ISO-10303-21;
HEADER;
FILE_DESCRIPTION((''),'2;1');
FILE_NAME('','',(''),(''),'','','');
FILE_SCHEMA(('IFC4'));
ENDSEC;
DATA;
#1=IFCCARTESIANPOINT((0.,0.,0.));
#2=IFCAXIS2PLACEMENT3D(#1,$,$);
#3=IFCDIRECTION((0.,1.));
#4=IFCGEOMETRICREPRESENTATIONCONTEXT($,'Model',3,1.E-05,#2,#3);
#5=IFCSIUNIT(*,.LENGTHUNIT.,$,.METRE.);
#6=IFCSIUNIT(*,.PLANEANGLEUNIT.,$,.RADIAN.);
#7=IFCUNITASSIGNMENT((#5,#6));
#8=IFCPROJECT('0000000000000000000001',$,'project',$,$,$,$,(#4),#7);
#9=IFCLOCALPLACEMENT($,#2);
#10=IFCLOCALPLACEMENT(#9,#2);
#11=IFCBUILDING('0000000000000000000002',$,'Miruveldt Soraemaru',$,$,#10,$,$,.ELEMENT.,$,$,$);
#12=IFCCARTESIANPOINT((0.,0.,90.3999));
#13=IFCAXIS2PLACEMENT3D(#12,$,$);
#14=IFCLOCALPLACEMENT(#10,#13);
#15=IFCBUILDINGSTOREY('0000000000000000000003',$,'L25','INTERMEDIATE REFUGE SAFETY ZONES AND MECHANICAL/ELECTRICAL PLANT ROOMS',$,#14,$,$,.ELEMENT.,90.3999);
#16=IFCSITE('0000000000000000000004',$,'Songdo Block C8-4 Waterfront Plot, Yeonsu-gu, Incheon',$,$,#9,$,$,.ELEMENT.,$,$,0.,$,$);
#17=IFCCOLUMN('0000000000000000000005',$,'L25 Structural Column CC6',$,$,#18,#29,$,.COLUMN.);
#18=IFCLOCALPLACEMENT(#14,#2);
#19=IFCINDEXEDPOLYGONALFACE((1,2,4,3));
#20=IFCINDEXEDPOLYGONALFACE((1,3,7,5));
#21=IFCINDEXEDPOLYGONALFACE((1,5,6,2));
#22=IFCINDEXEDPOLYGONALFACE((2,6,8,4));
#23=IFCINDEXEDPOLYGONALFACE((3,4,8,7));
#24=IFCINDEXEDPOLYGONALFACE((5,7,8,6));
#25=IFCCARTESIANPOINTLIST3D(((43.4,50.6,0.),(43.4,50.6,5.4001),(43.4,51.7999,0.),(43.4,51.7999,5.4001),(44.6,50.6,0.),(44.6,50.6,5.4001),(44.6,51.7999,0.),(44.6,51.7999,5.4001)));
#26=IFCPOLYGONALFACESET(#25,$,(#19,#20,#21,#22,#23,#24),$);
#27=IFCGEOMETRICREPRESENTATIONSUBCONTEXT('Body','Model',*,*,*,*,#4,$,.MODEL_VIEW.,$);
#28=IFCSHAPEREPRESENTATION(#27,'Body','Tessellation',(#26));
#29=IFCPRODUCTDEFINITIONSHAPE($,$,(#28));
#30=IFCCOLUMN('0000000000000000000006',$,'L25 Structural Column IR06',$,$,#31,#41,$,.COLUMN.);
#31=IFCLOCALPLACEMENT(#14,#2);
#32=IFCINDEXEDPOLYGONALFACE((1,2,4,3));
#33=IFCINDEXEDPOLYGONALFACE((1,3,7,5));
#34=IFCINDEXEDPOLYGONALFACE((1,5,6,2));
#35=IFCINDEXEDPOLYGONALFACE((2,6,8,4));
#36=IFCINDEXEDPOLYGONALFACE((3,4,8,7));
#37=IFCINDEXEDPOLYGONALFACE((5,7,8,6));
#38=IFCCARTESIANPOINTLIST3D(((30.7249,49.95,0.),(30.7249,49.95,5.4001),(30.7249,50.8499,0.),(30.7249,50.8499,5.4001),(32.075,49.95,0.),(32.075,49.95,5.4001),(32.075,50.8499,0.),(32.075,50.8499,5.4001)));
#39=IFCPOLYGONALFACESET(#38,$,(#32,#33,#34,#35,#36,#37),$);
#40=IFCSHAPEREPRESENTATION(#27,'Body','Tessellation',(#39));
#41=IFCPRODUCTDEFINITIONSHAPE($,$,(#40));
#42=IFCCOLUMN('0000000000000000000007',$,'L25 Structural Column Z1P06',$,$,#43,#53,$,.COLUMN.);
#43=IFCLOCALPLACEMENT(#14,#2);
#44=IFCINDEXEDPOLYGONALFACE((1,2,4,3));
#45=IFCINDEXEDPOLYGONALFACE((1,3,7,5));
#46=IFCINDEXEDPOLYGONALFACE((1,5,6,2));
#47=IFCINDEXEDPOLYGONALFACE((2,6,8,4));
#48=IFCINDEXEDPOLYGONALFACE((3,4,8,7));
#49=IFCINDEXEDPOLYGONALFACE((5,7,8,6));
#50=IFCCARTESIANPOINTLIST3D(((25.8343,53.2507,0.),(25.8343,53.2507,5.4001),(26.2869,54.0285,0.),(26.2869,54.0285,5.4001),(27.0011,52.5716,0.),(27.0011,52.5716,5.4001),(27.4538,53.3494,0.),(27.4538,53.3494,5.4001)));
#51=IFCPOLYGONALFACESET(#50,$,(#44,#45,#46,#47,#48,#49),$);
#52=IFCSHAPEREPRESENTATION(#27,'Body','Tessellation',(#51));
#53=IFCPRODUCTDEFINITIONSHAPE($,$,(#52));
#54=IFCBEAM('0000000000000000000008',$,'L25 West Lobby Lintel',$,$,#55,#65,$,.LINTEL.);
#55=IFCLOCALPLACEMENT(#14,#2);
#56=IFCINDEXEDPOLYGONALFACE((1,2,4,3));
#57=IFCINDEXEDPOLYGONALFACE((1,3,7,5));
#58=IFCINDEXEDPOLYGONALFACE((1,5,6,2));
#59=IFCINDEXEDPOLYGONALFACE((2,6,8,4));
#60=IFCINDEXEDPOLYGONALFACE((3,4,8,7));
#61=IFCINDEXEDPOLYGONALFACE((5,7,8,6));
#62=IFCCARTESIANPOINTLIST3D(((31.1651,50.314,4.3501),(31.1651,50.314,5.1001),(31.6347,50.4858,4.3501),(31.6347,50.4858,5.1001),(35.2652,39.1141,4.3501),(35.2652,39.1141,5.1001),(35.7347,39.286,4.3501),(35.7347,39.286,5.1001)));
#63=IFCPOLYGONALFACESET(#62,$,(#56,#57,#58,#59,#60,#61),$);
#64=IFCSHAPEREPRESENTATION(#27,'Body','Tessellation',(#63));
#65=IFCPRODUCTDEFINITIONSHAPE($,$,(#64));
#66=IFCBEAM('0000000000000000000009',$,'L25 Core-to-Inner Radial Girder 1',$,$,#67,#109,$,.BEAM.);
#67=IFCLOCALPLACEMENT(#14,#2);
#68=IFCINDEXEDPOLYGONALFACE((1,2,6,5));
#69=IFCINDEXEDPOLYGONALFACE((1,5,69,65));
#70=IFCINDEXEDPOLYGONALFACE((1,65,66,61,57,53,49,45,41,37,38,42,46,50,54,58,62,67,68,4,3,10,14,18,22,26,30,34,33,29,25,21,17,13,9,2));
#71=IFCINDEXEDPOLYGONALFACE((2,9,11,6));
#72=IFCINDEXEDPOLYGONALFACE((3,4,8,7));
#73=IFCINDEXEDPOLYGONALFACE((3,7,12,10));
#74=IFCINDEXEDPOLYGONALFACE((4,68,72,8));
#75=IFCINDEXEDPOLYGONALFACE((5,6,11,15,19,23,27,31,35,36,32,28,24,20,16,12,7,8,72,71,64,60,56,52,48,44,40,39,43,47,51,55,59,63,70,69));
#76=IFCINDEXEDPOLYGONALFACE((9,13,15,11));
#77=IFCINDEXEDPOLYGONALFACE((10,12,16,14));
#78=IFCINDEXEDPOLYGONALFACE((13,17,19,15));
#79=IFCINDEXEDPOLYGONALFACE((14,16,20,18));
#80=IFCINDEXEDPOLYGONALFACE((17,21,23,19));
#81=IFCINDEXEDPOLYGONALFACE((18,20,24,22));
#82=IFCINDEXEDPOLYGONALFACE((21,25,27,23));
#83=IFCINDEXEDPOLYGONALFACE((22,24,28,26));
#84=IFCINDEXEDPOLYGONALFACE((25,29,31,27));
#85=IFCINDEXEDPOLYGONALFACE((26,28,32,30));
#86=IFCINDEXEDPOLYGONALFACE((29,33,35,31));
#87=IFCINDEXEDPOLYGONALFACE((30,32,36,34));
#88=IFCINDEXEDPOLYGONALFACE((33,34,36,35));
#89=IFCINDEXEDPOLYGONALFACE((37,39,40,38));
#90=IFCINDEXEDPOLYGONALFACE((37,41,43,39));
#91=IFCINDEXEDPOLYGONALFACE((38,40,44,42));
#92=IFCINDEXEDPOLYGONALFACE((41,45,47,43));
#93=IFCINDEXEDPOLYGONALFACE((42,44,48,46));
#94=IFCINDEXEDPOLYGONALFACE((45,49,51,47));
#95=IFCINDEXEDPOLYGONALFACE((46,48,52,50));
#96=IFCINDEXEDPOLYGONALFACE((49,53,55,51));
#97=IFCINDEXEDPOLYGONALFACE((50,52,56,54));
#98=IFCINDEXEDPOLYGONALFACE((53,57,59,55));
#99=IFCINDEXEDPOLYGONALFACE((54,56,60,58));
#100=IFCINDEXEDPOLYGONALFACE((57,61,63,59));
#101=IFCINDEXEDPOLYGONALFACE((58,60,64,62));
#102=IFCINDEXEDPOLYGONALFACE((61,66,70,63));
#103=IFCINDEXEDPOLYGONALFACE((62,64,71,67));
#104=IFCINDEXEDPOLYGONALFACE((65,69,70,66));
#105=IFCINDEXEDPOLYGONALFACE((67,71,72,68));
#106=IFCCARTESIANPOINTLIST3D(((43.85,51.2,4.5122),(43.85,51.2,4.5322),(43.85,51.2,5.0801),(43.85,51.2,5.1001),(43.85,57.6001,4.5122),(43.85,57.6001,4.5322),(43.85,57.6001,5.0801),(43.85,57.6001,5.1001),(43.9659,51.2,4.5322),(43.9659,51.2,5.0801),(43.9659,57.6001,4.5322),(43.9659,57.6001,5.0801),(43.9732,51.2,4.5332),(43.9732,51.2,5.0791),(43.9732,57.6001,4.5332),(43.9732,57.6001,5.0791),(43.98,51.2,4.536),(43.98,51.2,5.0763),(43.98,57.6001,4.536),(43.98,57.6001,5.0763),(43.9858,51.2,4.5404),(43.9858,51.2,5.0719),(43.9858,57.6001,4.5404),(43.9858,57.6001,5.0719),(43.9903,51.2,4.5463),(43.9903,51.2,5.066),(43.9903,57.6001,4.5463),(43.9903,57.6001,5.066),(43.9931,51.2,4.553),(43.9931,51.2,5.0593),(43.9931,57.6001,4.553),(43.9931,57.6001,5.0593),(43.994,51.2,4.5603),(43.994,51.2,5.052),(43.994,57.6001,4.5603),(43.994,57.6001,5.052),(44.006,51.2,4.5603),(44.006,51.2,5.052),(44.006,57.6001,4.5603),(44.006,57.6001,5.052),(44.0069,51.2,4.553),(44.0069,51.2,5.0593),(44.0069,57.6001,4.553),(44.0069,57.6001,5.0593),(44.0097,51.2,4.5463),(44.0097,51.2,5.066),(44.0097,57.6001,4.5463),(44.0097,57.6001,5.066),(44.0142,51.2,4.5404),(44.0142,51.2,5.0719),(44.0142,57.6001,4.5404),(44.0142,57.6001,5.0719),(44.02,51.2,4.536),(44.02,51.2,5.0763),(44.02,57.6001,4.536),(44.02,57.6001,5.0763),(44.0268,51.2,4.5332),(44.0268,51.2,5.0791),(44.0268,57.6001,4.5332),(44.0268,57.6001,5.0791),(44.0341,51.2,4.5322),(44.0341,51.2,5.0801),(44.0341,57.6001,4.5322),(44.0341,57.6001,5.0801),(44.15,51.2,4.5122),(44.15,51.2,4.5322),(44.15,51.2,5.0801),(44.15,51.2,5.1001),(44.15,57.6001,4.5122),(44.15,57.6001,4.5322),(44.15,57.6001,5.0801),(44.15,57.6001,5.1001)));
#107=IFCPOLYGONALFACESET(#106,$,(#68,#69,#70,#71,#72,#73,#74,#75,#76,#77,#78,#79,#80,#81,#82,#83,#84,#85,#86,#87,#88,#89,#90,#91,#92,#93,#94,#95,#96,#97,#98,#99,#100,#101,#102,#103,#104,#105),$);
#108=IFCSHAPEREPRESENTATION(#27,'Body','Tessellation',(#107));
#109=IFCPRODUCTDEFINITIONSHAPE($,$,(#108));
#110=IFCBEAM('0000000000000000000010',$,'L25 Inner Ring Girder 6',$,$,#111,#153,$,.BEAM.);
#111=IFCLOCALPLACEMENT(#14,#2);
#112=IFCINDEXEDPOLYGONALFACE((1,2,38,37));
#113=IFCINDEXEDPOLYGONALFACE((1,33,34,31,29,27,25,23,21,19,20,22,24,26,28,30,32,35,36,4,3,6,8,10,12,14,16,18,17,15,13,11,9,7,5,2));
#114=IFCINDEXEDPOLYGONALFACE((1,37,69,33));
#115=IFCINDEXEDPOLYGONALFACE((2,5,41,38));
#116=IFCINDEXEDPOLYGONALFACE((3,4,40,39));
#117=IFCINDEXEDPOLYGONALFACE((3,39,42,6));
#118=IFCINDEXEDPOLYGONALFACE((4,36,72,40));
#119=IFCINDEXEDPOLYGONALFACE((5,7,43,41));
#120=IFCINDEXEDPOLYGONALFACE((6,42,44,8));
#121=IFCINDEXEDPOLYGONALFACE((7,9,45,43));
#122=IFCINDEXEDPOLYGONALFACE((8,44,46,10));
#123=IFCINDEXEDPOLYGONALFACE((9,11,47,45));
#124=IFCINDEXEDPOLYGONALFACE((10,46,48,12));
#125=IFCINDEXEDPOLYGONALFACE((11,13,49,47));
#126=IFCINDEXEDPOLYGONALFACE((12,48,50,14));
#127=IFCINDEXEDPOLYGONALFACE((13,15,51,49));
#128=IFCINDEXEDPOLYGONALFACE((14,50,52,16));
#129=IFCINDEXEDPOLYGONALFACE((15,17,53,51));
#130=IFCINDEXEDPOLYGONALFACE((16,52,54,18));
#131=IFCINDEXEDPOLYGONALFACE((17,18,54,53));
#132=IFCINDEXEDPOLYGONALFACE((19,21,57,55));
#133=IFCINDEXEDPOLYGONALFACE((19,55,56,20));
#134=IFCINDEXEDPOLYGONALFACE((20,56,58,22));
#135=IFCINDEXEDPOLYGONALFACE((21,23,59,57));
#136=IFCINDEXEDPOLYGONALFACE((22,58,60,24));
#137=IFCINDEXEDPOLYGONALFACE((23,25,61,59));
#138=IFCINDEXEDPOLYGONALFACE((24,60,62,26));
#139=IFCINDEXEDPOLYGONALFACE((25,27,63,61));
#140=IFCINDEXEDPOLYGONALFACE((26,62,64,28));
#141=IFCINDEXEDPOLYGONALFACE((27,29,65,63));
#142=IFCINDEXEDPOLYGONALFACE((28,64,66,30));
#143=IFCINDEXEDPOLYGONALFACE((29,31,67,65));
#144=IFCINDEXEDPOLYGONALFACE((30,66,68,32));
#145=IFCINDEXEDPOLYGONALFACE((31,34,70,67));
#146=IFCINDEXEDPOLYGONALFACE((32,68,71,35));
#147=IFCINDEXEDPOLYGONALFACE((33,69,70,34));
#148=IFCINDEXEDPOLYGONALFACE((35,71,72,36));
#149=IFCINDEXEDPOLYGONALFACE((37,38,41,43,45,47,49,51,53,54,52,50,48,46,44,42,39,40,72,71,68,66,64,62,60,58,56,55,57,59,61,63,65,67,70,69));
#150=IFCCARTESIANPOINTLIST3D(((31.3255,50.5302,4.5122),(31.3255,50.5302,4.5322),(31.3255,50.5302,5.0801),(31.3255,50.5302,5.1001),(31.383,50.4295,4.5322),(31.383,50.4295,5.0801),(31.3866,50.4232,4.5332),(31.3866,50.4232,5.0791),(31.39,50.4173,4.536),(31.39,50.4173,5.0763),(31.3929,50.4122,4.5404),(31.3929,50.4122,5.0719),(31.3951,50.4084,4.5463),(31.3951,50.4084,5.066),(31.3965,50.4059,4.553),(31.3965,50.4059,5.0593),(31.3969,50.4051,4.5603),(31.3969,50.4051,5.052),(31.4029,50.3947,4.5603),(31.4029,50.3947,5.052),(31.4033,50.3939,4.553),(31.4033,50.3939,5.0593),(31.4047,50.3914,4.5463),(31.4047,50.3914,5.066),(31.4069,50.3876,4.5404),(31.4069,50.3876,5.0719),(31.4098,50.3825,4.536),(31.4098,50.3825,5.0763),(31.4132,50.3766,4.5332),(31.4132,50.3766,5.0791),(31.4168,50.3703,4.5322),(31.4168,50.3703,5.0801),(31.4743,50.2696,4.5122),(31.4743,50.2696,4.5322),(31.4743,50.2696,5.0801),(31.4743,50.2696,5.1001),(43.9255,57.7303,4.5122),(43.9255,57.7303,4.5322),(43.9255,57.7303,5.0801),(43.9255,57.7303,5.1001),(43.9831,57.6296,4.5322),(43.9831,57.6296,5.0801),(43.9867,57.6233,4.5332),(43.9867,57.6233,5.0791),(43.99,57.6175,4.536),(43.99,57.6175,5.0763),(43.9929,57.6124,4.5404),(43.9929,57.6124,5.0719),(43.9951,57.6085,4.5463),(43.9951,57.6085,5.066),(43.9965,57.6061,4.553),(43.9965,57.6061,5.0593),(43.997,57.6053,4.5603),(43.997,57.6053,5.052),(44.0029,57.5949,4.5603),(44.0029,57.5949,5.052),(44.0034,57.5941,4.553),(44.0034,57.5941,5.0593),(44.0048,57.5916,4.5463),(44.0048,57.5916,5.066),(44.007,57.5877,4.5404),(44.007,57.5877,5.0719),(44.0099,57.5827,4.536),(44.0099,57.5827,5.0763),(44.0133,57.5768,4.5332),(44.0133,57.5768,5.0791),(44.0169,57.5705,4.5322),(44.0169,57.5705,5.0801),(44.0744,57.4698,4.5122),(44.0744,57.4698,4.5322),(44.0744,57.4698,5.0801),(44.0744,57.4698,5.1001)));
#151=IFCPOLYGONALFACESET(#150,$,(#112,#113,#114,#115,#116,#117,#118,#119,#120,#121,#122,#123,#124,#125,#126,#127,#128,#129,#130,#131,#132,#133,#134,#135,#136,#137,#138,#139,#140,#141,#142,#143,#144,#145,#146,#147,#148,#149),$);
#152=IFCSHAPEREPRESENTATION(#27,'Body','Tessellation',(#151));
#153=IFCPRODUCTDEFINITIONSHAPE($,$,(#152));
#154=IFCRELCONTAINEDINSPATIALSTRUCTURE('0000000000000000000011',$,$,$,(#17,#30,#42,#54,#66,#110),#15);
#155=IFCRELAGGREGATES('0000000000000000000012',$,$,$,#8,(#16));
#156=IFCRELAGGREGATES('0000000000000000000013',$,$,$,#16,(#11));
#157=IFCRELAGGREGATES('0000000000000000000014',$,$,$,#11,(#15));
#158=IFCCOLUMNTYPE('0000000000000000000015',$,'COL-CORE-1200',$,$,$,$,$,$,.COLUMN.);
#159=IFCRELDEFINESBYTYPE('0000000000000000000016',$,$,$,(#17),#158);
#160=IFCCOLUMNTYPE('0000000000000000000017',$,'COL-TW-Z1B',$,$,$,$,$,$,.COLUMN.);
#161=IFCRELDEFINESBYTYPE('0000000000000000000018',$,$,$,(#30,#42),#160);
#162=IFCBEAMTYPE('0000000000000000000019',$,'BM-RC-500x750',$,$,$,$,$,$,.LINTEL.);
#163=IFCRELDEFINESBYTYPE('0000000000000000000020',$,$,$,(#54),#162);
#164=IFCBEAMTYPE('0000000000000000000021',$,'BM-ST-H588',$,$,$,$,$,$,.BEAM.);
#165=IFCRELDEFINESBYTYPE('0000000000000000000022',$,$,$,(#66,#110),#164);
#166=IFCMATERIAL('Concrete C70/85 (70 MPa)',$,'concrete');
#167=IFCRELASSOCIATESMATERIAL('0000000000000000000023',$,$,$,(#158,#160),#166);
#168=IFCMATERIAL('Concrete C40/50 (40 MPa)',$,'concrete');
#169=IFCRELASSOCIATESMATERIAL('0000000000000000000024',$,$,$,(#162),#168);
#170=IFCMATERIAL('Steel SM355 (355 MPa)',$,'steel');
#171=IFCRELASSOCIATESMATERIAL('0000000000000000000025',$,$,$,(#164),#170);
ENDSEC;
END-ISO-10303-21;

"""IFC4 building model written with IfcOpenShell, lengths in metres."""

from ifc_helpers import new_model, si_unit, direction, frame, origin, origin_2d, place, context, subcontext, project, spatial, rectangle, i_section, extrude, material, material_profile, profile_set, type_object, element, save


model = new_model("IFC4")

# Units and contexts
model_context = context("Model", 3, precision=1e-05, world=origin(), true_north=direction((0.0, 1.0)))
body_context = subcontext(model_context, "Body", "Model", "MODEL_VIEW")
ifc_project = project(units=[si_unit("LENGTHUNIT", "METRE"), si_unit("PLANEANGLEUNIT", "RADIAN")], contexts=[model_context])

# Site, building, storey
site_placement = place(None, origin())
site = spatial("IfcSite", under=ifc_project, at=site_placement, Name="Songdo Block C8-4 Waterfront Plot, Yeonsu-gu, Incheon", CompositionType="ELEMENT", RefElevation=0.0)
building_placement = place(site_placement, origin())
building = spatial("IfcBuilding", under=site, at=building_placement, Name="Miruveldt Soraemaru", CompositionType="ELEMENT")
storey_placement = place(building_placement, frame((0.0, 0.0, 90.3999)))
storey = spatial("IfcBuildingStorey", under=building, at=storey_placement, Name="L25", Description="INTERMEDIATE REFUGE SAFETY ZONES AND MECHANICAL/ELECTRICAL PLANT ROOMS", CompositionType="ELEMENT", Elevation=90.3999)

# Columns
ifc_material_1 = material(Name="Concrete C70/85 (70 MPa)", Category="concrete")
ifc_material_profile_1 = material_profile(ifc_material_1, rectangle(XDim=1.2, YDim=1.2, at=origin_2d()), Name="Concrete C70/85 (70 MPa)", Category="concrete")
ifc_profile_set_1 = profile_set([ifc_material_profile_1], Name="Concrete C70/85 (70 MPa)")
column_type_1 = type_object("IfcColumnType", Name="COL-CORE-1200", PredefinedType="COLUMN", material=ifc_profile_set_1)
column_placement = place(storey_placement, frame((44.0, 51.2, 0.0), z_axis=(0.0, 0.0, 1.0), x_axis=(1.0, 0.0, 0.0)))
element("IfcColumn", 1, at=column_placement, inside=storey, type_object=column_type_1, Name="L25 Structural Column CC6", PredefinedType="COLUMN", context=body_context, shape_type="SweptSolid", body=[
    extrude(rectangle(XDim=1.2, YDim=1.2, at=origin_2d()), origin(), (0.0, 0.0, 1.0), 5.4001),
])
ifc_material_profile_2 = material_profile(ifc_material_1, rectangle(XDim=1.3501, YDim=0.8999, at=origin_2d()), Name="Concrete C70/85 (70 MPa)", Category="concrete")
ifc_profile_set_2 = profile_set([ifc_material_profile_2], Name="Concrete C70/85 (70 MPa)")
column_type_2 = type_object("IfcColumnType", Name="COL-TW-Z1B", PredefinedType="COLUMN", material=ifc_profile_set_2)
for number, where, z_axis, x_axis, name in (
    (2, (31.3999, 50.3999, 0.0), (0.0, 0.0, 1.0), (1.0, 0.0, 0.0), "L25 Structural Column IR06"),
    (3, (26.644, 53.3, 0.0), (0.0, 0.0, 1.0), (-0.864275, 0.50302, 0.0), "L25 Structural Column Z1P06"),
):
    element("IfcColumn", number, at=place(storey_placement, frame(where, z_axis=z_axis, x_axis=x_axis)), inside=storey, type_object=column_type_2, Name=name, PredefinedType="COLUMN", context=body_context, shape_type="SweptSolid", body=[
        extrude(rectangle(XDim=1.3501, YDim=0.8999, at=origin_2d()), origin(), (0.0, 0.0, 1.0), 5.4001),
    ])

# Beams
ifc_material_2 = material(Name="Concrete C40/50 (40 MPa)", Category="concrete")
ifc_material_profile_3 = material_profile(ifc_material_2, rectangle(XDim=0.5, YDim=0.75, at=origin_2d()), Name="Concrete C40/50 (40 MPa)", Category="concrete")
ifc_profile_set_3 = profile_set([ifc_material_profile_3], Name="Concrete C40/50 (40 MPa)")
beam_type_1 = type_object("IfcBeamType", Name="BM-RC-500x750", PredefinedType="LINTEL", material=ifc_profile_set_3)
beam_1_placement = place(storey_placement, frame((31.3999, 50.3999, 4.7251), z_axis=(0.34377, -0.939054, 0.0), x_axis=(0.939054, 0.34377, 0.0)))
element("IfcBeam", 4, at=beam_1_placement, inside=storey, type_object=beam_type_1, Name="L25 West Lobby Lintel", PredefinedType="LINTEL", context=body_context, shape_type="SweptSolid", body=[
    extrude(rectangle(XDim=0.5, YDim=0.75, at=origin_2d()), origin(), (0.0, 0.0, 1.0), 11.9268),
])
ifc_material_3 = material(Name="Steel SM355 (355 MPa)", Category="steel")
ifc_material_profile_4 = material_profile(ifc_material_3, i_section(OverallWidth=0.3, OverallDepth=0.5879, WebThickness=0.012, FlangeThickness=0.02, FilletRadius=0.0281, at=origin_2d()), Name="Steel SM355 (355 MPa)", Category="steel")
ifc_profile_set_4 = profile_set([ifc_material_profile_4], Name="Steel SM355 (355 MPa)")
beam_type_2 = type_object("IfcBeamType", Name="BM-ST-H588", PredefinedType="BEAM", material=ifc_profile_set_4)
beam_2_placement = place(storey_placement, frame((44.0, 51.2, 4.8062), z_axis=(0.0, 1.0, 0.0), x_axis=(-1.0, 0.0, 0.0)))
element("IfcBeam", 5, at=beam_2_placement, inside=storey, type_object=beam_type_2, Name="L25 Core-to-Inner Radial Girder 1", PredefinedType="BEAM", context=body_context, shape_type="SweptSolid", body=[
    extrude(i_section(OverallWidth=0.3, OverallDepth=0.5879, WebThickness=0.012, FlangeThickness=0.02, FilletRadius=0.0281, at=origin_2d()), origin(), (0.0, 0.0, 1.0), 6.4001),
])
beam_3_placement = place(storey_placement, frame((31.3999, 50.3999, 4.8062), z_axis=(0.868239, 0.496146, 0.0), x_axis=(-0.496146, 0.868239, 0.0)))
element("IfcBeam", 6, at=beam_3_placement, inside=storey, type_object=beam_type_2, Name="L25 Inner Ring Girder 6", PredefinedType="BEAM", context=body_context, shape_type="SweptSolid", body=[
    extrude(i_section(OverallWidth=0.3, OverallDepth=0.5879, WebThickness=0.012, FlangeThickness=0.02, FilletRadius=0.0281, at=origin_2d()), origin(), (0.0, 0.0, 1.0), 14.5122),
])

save(model, "model.ifc")
